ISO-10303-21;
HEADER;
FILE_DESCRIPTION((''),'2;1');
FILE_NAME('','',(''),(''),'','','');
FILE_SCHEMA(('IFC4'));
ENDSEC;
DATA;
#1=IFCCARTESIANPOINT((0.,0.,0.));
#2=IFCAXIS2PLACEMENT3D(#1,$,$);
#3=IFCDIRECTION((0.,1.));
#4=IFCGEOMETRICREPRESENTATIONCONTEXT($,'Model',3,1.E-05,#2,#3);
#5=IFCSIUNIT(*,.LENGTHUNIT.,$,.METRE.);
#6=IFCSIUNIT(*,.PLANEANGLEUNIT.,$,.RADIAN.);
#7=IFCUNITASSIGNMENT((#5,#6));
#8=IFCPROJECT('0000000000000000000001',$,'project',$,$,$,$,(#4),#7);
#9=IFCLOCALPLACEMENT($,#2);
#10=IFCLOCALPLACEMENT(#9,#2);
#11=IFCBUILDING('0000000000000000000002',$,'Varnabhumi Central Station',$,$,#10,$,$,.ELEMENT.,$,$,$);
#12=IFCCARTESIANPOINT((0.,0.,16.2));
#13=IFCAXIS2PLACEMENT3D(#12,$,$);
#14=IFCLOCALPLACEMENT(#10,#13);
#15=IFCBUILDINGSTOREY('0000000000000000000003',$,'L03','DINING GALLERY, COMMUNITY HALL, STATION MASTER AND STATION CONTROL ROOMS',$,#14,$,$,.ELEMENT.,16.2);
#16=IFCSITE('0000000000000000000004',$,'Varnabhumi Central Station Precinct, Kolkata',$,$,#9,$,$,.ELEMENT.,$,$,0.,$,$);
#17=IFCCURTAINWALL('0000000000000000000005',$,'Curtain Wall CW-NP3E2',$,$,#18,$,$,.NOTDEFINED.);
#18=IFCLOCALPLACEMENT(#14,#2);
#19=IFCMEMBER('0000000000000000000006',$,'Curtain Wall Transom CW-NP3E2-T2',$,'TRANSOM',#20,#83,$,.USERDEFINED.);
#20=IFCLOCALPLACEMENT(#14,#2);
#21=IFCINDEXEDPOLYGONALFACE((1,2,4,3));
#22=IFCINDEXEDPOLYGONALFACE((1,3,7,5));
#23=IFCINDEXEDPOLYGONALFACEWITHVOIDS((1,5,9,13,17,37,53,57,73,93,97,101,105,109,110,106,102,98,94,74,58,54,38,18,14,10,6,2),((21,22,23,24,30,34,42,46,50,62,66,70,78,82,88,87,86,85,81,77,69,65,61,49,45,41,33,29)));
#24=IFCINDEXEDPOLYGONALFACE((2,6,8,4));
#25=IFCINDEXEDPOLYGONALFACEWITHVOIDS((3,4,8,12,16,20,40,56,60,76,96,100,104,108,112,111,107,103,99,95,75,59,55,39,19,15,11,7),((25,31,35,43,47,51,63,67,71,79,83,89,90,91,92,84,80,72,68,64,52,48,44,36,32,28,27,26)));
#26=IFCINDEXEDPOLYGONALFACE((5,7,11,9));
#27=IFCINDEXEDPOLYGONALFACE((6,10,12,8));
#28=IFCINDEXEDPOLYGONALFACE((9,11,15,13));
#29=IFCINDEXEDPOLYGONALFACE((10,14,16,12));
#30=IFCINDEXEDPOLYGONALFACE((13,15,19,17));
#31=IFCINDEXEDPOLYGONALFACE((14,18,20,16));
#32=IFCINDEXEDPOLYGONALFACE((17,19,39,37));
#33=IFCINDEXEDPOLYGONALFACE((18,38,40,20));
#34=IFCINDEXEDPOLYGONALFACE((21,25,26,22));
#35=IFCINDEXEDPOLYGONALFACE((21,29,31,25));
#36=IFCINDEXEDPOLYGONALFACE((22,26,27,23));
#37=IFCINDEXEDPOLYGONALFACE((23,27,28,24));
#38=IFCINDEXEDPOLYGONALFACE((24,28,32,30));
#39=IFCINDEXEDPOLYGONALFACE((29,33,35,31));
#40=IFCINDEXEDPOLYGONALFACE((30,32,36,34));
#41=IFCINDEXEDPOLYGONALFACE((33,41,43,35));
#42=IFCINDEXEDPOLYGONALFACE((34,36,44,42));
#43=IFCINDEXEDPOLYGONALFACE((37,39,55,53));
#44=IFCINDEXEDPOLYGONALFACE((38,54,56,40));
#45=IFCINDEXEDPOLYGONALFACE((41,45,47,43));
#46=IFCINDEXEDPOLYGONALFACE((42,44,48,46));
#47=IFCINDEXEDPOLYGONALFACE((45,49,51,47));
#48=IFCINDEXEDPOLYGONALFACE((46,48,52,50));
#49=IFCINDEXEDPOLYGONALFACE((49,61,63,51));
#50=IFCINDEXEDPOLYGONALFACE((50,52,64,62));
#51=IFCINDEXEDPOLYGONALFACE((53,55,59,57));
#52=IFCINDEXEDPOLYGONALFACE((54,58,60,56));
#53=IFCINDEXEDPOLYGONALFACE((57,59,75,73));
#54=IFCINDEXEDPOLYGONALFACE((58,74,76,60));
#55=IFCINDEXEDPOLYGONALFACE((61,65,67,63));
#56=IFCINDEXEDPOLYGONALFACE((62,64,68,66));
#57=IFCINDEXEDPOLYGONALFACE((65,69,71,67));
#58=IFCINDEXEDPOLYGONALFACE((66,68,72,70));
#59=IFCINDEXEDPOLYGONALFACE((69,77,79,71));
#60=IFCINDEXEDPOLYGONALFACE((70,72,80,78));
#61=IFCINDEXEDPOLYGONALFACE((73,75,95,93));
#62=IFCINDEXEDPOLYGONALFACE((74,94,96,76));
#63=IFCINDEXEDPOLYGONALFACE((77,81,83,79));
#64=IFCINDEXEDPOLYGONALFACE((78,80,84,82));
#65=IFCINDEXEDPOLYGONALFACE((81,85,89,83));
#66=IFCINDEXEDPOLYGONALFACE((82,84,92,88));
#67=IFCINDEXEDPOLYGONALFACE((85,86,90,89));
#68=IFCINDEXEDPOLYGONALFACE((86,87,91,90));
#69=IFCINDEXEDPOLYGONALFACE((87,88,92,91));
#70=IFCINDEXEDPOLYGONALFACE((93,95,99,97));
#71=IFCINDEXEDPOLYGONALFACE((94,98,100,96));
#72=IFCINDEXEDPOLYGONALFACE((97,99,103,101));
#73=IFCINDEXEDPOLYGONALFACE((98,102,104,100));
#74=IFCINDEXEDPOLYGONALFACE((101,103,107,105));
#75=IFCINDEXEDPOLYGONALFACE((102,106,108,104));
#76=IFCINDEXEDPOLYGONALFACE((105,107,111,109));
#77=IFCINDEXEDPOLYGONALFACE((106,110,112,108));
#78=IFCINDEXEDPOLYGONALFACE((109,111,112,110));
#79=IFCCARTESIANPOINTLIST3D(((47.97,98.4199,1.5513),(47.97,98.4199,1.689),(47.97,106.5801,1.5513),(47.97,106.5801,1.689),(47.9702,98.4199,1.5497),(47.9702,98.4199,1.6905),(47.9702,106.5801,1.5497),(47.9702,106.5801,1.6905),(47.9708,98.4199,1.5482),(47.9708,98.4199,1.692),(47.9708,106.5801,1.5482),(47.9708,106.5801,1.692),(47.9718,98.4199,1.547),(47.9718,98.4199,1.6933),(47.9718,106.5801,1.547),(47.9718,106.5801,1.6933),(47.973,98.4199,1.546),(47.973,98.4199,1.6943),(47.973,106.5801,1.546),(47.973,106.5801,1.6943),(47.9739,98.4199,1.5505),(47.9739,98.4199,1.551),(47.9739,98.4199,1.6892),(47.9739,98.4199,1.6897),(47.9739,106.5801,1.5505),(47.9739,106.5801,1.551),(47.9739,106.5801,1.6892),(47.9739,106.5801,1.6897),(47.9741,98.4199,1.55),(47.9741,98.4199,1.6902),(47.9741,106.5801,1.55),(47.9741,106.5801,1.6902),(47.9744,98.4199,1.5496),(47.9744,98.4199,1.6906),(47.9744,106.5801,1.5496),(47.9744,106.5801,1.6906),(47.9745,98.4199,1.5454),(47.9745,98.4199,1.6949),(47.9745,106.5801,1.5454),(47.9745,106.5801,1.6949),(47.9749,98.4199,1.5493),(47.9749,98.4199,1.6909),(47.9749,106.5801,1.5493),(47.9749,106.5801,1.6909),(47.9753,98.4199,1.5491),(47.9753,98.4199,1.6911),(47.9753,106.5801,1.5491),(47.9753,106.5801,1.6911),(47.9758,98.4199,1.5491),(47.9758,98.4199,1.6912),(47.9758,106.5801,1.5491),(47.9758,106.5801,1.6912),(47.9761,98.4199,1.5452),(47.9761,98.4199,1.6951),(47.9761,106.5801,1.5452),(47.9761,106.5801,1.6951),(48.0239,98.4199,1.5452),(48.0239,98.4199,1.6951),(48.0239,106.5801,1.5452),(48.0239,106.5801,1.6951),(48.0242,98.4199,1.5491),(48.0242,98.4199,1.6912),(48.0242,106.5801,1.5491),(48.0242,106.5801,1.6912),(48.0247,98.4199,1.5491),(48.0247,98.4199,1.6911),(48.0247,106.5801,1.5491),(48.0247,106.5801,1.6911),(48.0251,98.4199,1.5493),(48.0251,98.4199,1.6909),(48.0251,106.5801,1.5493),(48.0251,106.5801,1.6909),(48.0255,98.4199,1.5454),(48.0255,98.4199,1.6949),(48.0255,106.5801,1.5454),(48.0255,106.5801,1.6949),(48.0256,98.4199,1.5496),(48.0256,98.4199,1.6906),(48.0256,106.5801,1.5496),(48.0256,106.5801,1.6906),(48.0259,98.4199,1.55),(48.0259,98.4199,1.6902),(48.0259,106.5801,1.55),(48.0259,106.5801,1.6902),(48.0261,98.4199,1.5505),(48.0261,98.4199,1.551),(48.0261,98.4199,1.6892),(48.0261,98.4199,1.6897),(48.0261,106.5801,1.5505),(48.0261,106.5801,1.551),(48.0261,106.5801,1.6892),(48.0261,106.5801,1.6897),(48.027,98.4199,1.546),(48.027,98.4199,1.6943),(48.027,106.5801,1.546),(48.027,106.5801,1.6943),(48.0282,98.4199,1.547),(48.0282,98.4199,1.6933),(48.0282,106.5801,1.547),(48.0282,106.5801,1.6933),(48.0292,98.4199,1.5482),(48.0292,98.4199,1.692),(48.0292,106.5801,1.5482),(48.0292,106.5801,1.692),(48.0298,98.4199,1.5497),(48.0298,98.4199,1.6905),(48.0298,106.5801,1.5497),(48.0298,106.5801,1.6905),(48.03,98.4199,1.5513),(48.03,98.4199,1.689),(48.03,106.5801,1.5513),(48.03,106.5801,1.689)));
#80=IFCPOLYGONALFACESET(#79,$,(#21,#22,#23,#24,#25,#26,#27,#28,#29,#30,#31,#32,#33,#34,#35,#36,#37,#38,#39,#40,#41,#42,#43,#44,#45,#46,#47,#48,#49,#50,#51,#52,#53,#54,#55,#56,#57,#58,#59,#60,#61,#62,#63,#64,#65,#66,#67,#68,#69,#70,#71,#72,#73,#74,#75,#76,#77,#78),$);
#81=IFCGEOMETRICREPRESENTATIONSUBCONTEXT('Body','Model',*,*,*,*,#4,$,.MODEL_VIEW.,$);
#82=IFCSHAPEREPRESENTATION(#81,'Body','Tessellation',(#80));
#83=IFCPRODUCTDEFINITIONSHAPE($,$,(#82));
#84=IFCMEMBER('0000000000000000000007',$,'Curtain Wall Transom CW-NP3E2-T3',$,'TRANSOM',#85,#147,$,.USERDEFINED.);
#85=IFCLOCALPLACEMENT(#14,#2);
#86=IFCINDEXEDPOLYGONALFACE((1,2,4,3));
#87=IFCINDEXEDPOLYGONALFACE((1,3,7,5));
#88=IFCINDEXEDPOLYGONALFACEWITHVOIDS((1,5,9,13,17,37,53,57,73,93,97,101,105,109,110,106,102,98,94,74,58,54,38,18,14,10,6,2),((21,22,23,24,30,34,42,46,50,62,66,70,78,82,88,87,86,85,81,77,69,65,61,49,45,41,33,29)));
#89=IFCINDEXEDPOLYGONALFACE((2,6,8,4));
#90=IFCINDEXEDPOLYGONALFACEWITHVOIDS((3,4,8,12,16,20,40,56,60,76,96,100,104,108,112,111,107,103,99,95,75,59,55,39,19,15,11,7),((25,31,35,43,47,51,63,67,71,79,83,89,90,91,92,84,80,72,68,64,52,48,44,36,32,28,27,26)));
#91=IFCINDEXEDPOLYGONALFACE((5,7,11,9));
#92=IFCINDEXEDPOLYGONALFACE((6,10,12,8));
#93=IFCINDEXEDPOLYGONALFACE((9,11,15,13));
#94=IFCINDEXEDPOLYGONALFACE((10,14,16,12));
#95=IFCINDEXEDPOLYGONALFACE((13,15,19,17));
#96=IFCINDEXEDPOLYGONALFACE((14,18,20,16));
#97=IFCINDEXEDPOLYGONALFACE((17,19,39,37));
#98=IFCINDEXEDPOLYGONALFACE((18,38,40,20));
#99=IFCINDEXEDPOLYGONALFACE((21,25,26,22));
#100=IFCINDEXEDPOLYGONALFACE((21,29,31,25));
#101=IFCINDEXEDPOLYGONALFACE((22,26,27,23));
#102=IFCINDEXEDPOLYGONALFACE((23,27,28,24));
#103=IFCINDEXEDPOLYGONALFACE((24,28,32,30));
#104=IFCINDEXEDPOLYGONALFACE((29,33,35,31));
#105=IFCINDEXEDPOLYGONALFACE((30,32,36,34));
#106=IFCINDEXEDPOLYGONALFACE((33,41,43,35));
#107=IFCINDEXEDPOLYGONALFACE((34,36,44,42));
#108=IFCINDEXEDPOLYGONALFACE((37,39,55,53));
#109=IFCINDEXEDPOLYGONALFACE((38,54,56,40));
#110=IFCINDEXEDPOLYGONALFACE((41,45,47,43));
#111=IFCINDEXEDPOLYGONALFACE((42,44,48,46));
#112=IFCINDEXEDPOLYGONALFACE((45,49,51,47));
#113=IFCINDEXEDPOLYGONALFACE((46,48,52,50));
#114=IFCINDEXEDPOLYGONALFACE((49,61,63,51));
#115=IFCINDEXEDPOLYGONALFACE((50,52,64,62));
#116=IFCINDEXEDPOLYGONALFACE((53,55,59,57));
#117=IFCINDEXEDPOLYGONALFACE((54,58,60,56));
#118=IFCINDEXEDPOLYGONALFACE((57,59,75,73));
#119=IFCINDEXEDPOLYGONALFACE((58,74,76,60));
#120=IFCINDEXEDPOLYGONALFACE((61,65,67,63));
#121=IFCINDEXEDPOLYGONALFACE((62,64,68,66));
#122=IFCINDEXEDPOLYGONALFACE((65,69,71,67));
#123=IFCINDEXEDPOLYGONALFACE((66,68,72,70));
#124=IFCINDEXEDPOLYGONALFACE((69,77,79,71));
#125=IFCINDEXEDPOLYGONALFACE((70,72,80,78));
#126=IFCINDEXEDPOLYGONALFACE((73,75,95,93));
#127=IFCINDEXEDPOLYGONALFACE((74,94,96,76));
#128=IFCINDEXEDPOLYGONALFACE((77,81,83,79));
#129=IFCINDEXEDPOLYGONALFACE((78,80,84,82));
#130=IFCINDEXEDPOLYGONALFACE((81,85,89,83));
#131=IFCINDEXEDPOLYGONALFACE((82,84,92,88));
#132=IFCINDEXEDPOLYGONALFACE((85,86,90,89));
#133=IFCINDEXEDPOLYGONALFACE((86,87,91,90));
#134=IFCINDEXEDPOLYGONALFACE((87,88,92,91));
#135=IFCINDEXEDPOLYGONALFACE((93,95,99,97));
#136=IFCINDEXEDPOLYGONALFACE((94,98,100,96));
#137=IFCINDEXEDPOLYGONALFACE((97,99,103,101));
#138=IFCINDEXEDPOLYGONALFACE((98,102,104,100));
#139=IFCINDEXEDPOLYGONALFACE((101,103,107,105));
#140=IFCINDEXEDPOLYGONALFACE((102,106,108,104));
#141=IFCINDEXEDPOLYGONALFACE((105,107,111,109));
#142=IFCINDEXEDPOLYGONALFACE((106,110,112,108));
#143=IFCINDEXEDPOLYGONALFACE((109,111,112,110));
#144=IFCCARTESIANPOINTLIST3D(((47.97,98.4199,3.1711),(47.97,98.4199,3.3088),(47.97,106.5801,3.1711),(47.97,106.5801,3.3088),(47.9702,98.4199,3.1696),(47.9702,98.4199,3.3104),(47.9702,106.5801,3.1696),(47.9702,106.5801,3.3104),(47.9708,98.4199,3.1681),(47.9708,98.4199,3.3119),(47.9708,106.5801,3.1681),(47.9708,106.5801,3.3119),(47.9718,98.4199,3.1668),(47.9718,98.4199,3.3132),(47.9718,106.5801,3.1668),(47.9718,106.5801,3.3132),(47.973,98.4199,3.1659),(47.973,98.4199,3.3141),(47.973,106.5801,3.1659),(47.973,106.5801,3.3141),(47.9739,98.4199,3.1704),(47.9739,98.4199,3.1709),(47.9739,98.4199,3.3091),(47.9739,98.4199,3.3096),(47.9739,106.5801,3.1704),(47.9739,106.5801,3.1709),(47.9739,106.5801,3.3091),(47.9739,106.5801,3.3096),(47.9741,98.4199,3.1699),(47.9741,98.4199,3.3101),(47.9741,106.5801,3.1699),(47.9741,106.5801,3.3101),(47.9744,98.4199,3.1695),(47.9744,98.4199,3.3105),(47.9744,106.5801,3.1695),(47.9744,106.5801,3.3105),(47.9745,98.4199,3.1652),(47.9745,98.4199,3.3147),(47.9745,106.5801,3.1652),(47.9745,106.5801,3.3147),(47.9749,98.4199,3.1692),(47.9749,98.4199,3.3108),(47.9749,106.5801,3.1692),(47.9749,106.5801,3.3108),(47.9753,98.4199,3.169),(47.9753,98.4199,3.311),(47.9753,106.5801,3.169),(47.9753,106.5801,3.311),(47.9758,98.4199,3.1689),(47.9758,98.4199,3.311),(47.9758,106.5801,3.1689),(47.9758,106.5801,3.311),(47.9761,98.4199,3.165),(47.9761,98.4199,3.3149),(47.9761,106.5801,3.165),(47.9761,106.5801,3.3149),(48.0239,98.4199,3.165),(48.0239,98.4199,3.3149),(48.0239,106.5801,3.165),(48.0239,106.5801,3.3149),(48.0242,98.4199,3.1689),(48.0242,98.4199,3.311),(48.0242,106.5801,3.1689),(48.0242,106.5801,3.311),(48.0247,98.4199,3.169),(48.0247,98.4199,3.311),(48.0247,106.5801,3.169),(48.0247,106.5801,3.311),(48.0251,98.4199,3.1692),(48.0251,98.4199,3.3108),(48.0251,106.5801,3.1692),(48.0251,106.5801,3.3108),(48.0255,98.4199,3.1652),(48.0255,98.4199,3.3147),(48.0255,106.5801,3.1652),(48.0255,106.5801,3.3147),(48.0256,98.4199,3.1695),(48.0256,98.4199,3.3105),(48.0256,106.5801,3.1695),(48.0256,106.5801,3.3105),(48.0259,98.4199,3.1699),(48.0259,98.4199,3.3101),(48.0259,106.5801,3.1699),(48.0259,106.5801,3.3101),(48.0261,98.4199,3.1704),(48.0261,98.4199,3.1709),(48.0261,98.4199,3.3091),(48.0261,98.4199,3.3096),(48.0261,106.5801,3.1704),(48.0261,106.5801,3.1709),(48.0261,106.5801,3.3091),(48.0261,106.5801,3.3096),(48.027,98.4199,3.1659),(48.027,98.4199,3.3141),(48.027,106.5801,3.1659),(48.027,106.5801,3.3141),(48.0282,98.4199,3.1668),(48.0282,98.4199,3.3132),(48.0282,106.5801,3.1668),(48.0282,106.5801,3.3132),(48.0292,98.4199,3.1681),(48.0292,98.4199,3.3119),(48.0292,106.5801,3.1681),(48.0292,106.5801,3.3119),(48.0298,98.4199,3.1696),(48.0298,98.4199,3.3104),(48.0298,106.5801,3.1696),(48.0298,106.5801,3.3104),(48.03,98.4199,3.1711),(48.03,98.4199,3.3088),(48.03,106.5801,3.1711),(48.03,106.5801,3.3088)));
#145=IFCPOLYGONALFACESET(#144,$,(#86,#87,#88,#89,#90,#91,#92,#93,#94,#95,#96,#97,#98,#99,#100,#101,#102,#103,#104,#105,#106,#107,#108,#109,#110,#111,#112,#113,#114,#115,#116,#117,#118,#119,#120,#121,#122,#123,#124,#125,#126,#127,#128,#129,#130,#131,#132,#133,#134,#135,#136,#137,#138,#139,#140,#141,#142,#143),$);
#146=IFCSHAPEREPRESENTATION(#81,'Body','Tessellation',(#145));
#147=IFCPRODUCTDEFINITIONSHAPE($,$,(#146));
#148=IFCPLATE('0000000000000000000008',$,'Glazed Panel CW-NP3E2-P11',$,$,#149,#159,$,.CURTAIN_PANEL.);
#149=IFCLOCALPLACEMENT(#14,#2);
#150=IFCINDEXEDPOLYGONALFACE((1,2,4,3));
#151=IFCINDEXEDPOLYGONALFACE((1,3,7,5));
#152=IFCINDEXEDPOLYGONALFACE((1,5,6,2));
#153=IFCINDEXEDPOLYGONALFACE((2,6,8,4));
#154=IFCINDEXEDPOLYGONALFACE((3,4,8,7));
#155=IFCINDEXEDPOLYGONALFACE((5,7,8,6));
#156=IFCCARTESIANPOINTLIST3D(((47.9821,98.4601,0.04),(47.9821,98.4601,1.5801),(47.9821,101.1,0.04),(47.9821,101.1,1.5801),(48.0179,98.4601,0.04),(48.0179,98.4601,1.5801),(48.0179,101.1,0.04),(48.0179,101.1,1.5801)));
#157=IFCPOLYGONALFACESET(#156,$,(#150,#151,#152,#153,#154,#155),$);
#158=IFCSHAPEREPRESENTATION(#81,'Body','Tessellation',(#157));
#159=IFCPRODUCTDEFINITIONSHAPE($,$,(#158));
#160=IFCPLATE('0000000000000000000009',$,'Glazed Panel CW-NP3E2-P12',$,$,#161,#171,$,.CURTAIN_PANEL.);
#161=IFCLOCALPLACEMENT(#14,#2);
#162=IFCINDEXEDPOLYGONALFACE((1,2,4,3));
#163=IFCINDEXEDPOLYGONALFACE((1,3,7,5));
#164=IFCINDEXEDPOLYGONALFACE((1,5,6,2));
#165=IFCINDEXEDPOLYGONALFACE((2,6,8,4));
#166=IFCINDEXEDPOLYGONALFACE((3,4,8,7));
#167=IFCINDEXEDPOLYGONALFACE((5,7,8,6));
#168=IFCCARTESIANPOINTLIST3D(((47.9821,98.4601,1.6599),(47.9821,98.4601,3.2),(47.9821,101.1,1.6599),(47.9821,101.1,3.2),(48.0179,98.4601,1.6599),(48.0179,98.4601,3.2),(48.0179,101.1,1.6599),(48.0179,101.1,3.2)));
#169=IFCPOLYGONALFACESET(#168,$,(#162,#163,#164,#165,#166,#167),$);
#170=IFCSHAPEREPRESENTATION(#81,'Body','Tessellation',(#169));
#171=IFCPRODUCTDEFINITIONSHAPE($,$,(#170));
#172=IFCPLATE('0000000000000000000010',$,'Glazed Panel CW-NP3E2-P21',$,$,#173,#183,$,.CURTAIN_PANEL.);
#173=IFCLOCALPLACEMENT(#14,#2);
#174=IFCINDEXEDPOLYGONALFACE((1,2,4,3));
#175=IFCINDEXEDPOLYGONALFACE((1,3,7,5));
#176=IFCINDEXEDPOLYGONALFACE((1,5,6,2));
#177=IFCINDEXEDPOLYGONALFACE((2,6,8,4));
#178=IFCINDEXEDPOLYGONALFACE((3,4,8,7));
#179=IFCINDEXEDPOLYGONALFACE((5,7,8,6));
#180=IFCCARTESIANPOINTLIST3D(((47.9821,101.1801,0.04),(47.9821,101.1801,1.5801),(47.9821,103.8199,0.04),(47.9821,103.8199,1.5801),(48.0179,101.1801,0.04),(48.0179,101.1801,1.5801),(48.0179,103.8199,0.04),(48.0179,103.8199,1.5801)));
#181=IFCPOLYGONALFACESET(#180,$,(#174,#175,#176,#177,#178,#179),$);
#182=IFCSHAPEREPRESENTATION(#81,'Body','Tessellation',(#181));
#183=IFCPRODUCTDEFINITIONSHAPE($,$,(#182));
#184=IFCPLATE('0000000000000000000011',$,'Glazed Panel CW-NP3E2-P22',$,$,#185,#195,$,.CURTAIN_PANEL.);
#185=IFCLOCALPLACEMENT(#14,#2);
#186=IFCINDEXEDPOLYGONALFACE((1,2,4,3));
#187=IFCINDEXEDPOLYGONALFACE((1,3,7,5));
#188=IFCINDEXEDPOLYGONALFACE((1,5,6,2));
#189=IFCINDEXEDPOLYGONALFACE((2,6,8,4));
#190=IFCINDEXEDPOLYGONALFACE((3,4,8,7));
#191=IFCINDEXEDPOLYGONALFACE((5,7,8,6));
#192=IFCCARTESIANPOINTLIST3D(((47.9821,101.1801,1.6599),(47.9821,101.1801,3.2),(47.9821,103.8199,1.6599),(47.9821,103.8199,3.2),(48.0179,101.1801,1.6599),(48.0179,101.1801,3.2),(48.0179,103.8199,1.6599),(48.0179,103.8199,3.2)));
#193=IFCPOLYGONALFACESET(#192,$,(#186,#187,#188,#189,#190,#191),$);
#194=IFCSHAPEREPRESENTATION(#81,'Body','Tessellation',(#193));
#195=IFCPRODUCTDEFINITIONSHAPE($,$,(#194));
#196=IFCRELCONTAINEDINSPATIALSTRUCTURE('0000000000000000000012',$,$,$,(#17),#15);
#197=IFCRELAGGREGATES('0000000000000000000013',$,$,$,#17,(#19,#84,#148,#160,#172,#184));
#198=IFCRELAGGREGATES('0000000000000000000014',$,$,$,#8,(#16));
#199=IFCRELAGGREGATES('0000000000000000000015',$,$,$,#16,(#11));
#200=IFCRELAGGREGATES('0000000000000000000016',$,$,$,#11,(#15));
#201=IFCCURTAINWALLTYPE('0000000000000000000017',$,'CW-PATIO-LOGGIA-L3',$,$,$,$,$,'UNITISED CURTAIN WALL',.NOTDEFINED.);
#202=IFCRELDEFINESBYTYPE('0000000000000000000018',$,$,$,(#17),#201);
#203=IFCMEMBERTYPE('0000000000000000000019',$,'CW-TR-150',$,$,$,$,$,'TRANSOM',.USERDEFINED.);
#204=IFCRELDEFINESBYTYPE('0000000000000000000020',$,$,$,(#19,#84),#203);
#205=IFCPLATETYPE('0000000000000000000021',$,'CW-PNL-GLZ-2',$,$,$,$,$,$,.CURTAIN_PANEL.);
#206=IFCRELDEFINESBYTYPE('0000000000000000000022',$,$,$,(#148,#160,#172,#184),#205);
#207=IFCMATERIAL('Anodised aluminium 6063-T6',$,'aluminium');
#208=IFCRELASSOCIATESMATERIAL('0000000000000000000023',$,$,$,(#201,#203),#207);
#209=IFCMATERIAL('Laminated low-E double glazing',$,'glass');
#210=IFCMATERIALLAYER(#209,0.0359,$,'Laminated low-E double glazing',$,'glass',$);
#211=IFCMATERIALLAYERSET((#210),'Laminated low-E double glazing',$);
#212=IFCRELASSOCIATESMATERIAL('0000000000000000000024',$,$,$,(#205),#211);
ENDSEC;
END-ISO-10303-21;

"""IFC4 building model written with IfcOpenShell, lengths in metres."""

from ifc_helpers import new_model, si_unit, direction, frame, origin, origin_2d, place, context, subcontext, project, spatial, rectangle, hollow_rectangle, extrude, material, layer, layer_set, material_profile, profile_set, type_object, element, aggregate, save


model = new_model("IFC4")

# Units and contexts
model_context = context("Model", 3, precision=1e-05, world=origin(), true_north=direction((0.0, 1.0)))
body_context = subcontext(model_context, "Body", "Model", "MODEL_VIEW")
ifc_project = project(units=[si_unit("LENGTHUNIT", "METRE"), si_unit("PLANEANGLEUNIT", "RADIAN")], contexts=[model_context])

# Site, building, storey
site_placement = place(None, origin())
site = spatial("IfcSite", under=ifc_project, at=site_placement, Name="Varnabhumi Central Station Precinct, Kolkata", CompositionType="ELEMENT", RefElevation=0.0)
building_placement = place(site_placement, origin())
building = spatial("IfcBuilding", under=site, at=building_placement, Name="Varnabhumi Central Station", CompositionType="ELEMENT")
storey_placement = place(building_placement, frame((0.0, 0.0, 16.2)))
storey = spatial("IfcBuildingStorey", under=building, at=storey_placement, Name="L03", Description="DINING GALLERY, COMMUNITY HALL, STATION MASTER AND STATION CONTROL ROOMS", CompositionType="ELEMENT", Elevation=16.2)

# Curtain wall, members, plates
ifc_material_1 = material(Name="Anodised aluminium 6063-T6", Category="aluminium")
curtain_wall_type = type_object("IfcCurtainWallType", Name="CW-PATIO-LOGGIA-L3", ElementType="UNITISED CURTAIN WALL", PredefinedType="NOTDEFINED", material=ifc_material_1)
curtain_wall_placement = place(storey_placement, origin())
curtain_wall = element("IfcCurtainWall", 1, at=curtain_wall_placement, inside=storey, type_object=curtain_wall_type, Name="Curtain Wall CW-NP3E2", PredefinedType="NOTDEFINED")
ifc_material_profile_1 = material_profile(ifc_material_1, hollow_rectangle(XDim=0.0601, YDim=0.1499, WallThickness=0.0039, InnerFilletRadius=0.002, OuterFilletRadius=0.0061, at=origin_2d()), Name="Anodised aluminium 6063-T6", Category="aluminium")
ifc_profile_set_1 = profile_set([ifc_material_profile_1], Name="Anodised aluminium 6063-T6")
member_type_1 = type_object("IfcMemberType", Name="CW-TR-150", ElementType="TRANSOM", PredefinedType="USERDEFINED", material=ifc_profile_set_1)
member_1_placement = place(storey_placement, frame((48.0, 98.4199, 1.6201), z_axis=(0.0, 1.0, 0.0), x_axis=(-1.0, 0.0, 0.0)))
member_1 = element("IfcMember", 2, at=member_1_placement, type_object=member_type_1, Name="Curtain Wall Transom CW-NP3E2-T2", ObjectType="TRANSOM", PredefinedType="USERDEFINED", context=body_context, shape_type="SweptSolid", body=[
    extrude(hollow_rectangle(XDim=0.0601, YDim=0.1499, WallThickness=0.0039, InnerFilletRadius=0.002, OuterFilletRadius=0.0061, at=origin_2d()), origin(), (0.0, 0.0, 1.0), 8.1602),
])
member_2_placement = place(storey_placement, frame((48.0, 98.4199, 3.24), z_axis=(0.0, 1.0, 0.0), x_axis=(-1.0, 0.0, 0.0)))
member_2 = element("IfcMember", 3, at=member_2_placement, type_object=member_type_1, Name="Curtain Wall Transom CW-NP3E2-T3", ObjectType="TRANSOM", PredefinedType="USERDEFINED", context=body_context, shape_type="SweptSolid", body=[
    extrude(hollow_rectangle(XDim=0.0601, YDim=0.1499, WallThickness=0.0039, InnerFilletRadius=0.002, OuterFilletRadius=0.0061, at=origin_2d()), origin(), (0.0, 0.0, 1.0), 8.1602),
])
ifc_material_2 = material(Name="Laminated low-E double glazing", Category="glass")
ifc_layer_1 = layer(ifc_material_2, 0.0359, Name="Laminated low-E double glazing", Category="glass")
ifc_layer_set_1 = layer_set([ifc_layer_1], Name="Laminated low-E double glazing")
plate_type = type_object("IfcPlateType", Name="CW-PNL-GLZ-2", PredefinedType="CURTAIN_PANEL", material=ifc_layer_set_1)
plate_1_placement = place(storey_placement, frame((48.0, 99.78, 0.04), z_axis=(0.0, 0.0, 1.0), x_axis=(0.0, 1.0, 0.0)))
plate_1 = element("IfcPlate", 4, at=plate_1_placement, type_object=plate_type, Name="Glazed Panel CW-NP3E2-P11", PredefinedType="CURTAIN_PANEL", context=body_context, shape_type="SweptSolid", body=[
    extrude(rectangle(XDim=2.6399, YDim=0.0359, at=origin_2d()), origin(), (0.0, 0.0, 1.0), 1.54),
])
plate_2_placement = place(storey_placement, frame((48.0, 99.78, 1.6599), z_axis=(0.0, 0.0, 1.0), x_axis=(0.0, 1.0, 0.0)))
plate_2 = element("IfcPlate", 5, at=plate_2_placement, type_object=plate_type, Name="Glazed Panel CW-NP3E2-P12", PredefinedType="CURTAIN_PANEL", context=body_context, shape_type="SweptSolid", body=[
    extrude(rectangle(XDim=2.6399, YDim=0.0359, at=origin_2d()), origin(), (0.0, 0.0, 1.0), 1.54),
])
plate_3_placement = place(storey_placement, frame((48.0, 102.5, 0.04), z_axis=(0.0, 0.0, 1.0), x_axis=(0.0, 1.0, 0.0)))
plate_3 = element("IfcPlate", 6, at=plate_3_placement, type_object=plate_type, Name="Glazed Panel CW-NP3E2-P21", PredefinedType="CURTAIN_PANEL", context=body_context, shape_type="SweptSolid", body=[
    extrude(rectangle(XDim=2.6399, YDim=0.0359, at=origin_2d()), origin(), (0.0, 0.0, 1.0), 1.54),
])
plate_4_placement = place(storey_placement, frame((48.0, 102.5, 1.6599), z_axis=(0.0, 0.0, 1.0), x_axis=(0.0, 1.0, 0.0)))
plate_4 = element("IfcPlate", 7, at=plate_4_placement, type_object=plate_type, Name="Glazed Panel CW-NP3E2-P22", PredefinedType="CURTAIN_PANEL", context=body_context, shape_type="SweptSolid", body=[
    extrude(rectangle(XDim=2.6399, YDim=0.0359, at=origin_2d()), origin(), (0.0, 0.0, 1.0), 1.54),
])
aggregate(curtain_wall, [member_1, member_2, plate_1, plate_2, plate_3, plate_4])

save(model, "model.ifc")
